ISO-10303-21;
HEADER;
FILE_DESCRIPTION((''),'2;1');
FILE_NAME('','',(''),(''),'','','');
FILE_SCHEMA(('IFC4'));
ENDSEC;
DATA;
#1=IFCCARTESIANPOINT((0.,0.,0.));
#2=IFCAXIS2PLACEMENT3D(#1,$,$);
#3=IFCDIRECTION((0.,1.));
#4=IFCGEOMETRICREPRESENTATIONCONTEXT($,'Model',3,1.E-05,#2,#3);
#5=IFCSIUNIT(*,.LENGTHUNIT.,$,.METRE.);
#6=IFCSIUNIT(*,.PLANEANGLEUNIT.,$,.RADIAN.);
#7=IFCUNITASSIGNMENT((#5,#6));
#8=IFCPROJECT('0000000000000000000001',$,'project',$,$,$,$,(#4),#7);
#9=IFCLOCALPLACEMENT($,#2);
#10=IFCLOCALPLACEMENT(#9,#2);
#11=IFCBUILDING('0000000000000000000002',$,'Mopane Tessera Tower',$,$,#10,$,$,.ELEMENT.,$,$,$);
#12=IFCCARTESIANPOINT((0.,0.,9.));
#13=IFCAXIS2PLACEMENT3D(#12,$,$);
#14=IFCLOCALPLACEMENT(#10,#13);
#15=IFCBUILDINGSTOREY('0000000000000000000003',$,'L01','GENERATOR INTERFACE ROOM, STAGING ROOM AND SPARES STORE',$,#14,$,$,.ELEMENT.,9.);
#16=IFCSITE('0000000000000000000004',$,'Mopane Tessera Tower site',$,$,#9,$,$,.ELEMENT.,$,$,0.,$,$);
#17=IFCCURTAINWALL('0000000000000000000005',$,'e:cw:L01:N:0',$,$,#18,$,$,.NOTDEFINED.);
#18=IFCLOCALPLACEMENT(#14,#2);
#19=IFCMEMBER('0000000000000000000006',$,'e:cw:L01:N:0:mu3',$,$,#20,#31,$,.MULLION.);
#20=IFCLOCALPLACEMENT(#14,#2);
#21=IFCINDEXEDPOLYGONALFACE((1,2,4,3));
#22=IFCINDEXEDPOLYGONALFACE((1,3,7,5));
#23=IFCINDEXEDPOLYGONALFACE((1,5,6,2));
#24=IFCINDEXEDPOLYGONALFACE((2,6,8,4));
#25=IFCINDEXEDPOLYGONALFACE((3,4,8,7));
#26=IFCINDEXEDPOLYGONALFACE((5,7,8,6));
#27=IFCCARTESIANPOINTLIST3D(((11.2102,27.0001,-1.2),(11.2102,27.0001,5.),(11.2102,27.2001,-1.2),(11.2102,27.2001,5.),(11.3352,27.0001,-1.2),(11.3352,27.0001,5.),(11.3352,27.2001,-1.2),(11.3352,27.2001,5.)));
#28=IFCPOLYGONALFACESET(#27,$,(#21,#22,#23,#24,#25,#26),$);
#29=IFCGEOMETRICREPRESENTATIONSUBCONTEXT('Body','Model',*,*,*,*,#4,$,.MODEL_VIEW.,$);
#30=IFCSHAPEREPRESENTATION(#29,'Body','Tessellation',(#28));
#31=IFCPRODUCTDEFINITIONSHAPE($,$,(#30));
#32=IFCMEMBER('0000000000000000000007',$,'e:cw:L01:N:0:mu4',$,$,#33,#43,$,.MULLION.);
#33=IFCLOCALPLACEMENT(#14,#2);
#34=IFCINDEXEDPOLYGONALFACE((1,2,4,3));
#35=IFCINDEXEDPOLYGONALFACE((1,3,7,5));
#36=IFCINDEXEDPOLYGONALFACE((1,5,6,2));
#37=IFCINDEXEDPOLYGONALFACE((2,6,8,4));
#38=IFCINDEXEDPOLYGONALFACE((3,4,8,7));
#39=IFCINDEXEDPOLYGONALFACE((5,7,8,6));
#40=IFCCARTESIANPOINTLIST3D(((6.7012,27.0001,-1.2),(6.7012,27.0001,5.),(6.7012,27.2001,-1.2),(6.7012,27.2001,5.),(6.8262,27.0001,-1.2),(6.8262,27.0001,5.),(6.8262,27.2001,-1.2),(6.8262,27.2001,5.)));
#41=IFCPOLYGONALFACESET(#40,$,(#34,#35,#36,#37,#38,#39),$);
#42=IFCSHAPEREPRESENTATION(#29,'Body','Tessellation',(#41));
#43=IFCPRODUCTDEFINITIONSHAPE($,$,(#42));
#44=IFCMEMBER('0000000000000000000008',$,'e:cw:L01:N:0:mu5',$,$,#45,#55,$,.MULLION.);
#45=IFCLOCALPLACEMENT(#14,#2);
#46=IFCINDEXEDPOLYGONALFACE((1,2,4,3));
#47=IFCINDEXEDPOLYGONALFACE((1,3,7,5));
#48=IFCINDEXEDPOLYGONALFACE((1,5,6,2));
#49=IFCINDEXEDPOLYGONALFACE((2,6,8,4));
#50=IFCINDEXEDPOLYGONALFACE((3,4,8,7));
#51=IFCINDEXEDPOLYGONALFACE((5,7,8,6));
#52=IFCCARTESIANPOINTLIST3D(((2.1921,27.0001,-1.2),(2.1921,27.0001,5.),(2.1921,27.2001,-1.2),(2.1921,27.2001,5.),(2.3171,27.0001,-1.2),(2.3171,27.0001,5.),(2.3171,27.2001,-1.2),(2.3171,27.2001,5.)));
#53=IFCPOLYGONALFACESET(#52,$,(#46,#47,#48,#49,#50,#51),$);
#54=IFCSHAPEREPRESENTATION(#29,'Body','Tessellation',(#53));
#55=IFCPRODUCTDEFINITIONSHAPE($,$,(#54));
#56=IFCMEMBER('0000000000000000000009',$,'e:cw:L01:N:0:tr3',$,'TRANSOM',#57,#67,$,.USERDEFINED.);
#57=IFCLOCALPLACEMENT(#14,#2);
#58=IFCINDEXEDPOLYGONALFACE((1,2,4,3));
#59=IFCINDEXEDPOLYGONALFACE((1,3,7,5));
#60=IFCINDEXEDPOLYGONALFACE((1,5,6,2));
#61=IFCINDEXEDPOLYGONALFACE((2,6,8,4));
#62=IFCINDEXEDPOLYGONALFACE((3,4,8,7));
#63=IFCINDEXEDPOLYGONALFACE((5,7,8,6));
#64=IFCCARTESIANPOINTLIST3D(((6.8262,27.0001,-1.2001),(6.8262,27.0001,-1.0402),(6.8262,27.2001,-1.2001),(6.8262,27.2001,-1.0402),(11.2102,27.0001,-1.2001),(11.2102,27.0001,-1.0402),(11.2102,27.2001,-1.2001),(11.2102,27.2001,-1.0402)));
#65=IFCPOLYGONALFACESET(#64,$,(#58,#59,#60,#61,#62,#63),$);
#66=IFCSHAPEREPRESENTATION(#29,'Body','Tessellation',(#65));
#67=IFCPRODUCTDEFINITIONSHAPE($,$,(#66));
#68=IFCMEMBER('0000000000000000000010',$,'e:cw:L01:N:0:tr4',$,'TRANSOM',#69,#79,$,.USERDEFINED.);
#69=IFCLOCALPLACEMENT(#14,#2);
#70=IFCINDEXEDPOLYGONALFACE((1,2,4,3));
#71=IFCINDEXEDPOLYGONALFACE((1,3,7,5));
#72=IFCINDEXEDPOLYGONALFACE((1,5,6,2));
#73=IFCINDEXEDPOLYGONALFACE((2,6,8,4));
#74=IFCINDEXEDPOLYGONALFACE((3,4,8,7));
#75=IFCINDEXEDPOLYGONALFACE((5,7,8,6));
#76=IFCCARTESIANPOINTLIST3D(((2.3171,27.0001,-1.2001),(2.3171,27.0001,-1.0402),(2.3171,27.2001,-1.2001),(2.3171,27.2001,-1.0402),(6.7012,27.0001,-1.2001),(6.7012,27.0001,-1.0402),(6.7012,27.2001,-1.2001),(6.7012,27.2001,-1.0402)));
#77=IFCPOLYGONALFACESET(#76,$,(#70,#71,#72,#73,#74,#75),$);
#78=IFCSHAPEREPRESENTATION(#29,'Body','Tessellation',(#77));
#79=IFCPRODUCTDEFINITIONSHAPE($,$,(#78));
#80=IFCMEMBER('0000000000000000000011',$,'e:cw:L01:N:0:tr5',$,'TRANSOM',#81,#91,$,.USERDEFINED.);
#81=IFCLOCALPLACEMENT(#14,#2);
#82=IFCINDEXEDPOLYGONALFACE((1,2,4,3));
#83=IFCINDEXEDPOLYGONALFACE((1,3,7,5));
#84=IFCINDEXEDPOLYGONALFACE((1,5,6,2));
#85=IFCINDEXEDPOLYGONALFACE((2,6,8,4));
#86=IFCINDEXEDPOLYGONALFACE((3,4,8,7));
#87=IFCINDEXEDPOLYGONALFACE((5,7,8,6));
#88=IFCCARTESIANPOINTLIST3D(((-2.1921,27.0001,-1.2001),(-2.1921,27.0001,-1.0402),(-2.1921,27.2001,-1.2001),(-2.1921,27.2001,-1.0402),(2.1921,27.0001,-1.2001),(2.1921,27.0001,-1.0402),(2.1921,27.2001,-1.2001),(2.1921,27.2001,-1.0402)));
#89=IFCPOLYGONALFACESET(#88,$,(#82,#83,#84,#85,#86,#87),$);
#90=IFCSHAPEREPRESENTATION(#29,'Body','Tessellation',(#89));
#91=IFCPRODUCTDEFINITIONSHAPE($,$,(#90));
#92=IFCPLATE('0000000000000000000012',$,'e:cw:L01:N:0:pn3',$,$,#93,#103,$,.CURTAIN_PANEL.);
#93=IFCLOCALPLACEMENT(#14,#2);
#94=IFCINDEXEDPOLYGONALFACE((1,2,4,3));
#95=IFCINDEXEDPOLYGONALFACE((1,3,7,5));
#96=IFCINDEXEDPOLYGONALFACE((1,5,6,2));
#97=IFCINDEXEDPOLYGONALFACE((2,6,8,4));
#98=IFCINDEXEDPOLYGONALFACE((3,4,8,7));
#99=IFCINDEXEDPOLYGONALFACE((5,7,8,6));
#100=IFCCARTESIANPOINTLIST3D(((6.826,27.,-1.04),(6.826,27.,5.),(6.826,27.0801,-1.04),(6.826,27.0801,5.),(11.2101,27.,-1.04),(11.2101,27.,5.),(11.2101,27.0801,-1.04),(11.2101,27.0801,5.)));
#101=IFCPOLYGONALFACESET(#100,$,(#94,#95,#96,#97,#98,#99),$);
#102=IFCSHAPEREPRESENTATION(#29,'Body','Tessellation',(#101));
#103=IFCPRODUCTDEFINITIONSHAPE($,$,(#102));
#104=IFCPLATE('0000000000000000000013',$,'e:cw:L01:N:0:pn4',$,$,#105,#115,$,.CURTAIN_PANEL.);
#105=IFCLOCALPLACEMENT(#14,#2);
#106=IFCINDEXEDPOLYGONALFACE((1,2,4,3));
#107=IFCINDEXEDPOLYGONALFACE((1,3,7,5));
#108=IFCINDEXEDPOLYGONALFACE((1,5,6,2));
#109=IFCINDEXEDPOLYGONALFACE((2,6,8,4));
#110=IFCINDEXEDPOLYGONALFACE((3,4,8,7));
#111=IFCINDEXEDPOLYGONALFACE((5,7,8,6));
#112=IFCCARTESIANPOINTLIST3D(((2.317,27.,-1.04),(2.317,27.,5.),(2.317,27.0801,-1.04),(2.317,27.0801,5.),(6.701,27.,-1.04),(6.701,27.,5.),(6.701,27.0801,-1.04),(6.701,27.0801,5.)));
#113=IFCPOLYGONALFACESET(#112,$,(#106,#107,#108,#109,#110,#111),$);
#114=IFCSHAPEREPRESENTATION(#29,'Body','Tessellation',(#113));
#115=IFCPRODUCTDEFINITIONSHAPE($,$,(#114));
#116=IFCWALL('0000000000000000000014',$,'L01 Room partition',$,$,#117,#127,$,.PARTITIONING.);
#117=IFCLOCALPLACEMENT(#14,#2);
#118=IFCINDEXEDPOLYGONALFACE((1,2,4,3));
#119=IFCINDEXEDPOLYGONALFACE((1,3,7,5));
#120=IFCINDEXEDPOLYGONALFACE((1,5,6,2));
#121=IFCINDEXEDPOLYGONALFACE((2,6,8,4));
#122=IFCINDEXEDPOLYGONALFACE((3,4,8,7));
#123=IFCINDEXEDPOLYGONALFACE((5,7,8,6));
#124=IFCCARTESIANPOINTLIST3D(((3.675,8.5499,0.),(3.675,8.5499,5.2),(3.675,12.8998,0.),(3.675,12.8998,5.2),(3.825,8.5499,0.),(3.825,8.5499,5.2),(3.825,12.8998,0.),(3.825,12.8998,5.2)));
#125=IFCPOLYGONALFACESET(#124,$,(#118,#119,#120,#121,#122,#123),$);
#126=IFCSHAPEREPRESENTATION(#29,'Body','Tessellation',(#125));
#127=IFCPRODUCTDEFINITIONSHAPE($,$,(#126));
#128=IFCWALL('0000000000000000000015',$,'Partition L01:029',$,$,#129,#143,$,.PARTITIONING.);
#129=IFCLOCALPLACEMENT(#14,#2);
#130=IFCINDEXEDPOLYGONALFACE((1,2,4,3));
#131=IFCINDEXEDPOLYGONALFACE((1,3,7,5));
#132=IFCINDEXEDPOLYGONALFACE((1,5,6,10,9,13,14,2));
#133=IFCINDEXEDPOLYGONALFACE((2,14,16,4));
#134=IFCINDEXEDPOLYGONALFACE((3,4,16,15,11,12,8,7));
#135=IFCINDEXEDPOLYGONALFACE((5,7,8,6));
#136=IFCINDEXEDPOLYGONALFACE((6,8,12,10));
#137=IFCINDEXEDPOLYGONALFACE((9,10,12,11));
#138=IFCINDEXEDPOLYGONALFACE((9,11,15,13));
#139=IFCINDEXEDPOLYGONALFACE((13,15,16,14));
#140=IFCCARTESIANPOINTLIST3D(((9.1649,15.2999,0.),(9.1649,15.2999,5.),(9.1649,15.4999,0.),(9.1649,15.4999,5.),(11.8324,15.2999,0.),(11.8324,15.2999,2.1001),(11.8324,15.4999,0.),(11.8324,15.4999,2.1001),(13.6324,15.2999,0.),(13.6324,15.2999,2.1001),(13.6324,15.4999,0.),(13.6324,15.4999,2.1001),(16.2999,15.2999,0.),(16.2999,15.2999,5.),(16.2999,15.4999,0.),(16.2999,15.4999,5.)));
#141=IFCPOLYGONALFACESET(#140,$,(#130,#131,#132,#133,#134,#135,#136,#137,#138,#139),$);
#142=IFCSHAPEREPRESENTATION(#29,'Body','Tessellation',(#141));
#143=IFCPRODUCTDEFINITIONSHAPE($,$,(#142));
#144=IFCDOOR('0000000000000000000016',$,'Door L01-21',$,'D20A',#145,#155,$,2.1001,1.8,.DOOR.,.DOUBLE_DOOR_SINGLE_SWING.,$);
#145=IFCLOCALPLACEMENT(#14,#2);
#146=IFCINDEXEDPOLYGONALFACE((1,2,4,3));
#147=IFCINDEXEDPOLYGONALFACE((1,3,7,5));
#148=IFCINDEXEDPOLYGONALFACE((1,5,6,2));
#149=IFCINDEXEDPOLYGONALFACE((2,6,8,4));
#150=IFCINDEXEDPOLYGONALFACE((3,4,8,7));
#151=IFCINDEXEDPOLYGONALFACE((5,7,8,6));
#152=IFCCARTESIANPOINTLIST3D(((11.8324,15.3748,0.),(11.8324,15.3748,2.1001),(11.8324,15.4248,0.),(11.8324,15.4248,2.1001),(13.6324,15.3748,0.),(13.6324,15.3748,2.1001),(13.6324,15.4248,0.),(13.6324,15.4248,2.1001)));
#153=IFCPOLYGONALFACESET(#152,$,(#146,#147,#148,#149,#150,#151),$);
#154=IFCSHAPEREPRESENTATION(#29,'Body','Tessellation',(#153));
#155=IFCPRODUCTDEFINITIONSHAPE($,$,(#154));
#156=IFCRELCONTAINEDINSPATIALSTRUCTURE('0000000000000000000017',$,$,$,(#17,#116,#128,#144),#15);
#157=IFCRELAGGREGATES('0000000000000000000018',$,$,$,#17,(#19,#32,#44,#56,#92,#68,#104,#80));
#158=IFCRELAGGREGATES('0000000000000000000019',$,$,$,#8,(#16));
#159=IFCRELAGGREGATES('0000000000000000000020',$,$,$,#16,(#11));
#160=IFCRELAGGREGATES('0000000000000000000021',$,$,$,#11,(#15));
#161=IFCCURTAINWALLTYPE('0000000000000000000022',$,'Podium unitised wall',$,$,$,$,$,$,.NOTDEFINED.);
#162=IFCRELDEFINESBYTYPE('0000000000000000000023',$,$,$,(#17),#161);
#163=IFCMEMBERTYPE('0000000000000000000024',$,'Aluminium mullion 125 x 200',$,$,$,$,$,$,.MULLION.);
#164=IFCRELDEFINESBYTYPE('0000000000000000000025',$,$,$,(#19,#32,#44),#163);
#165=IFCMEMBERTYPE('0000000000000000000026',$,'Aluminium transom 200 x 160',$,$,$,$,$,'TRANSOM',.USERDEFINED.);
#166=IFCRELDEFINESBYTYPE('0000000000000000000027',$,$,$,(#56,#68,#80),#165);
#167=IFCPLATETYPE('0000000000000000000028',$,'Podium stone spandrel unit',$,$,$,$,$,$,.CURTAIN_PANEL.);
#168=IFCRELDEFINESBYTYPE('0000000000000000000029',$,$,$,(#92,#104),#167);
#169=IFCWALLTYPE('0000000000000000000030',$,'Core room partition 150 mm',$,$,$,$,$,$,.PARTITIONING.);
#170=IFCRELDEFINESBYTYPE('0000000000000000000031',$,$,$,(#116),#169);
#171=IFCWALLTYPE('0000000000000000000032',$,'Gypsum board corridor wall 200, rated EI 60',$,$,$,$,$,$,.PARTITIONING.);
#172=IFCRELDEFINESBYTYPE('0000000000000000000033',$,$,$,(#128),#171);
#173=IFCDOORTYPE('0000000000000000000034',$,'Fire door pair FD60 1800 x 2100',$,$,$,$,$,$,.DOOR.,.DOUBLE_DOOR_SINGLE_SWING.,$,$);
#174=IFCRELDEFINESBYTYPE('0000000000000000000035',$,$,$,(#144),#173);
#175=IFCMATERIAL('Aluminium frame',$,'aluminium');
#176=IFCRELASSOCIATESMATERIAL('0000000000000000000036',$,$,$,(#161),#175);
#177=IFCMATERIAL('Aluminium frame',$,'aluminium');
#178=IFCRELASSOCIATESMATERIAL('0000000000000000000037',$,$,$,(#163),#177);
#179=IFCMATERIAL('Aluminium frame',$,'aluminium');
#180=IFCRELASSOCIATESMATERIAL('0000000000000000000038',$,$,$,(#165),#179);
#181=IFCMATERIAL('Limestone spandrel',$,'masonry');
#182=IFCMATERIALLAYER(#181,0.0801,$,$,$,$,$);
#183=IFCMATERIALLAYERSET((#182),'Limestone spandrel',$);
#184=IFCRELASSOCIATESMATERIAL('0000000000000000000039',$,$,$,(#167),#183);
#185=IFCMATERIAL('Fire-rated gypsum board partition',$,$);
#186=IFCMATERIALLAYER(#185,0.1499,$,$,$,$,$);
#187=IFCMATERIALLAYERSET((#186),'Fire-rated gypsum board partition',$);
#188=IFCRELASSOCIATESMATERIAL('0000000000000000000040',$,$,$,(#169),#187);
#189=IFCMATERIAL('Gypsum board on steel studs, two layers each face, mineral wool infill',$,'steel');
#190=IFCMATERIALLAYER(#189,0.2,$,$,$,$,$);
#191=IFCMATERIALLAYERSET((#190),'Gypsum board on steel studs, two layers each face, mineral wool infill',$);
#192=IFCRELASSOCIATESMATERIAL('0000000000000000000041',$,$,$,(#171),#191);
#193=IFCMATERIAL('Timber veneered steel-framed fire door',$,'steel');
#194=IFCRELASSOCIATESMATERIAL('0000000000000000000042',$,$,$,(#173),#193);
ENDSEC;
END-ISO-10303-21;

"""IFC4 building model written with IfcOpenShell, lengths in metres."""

from ifc_helpers import new_model, si_unit, direction, frame, frame_2d, origin, origin_2d, place, context, subcontext, project, spatial, rectangle, extrude, material, layer, layer_set, material_profile, profile_set, type_object, element, fill, aggregate, save


model = new_model("IFC4")

# Units and contexts
model_context = context("Model", 3, precision=1e-05, world=origin(), true_north=direction((0.0, 1.0)))
body_context = subcontext(model_context, "Body", "Model", "MODEL_VIEW")
ifc_project = project(units=[si_unit("LENGTHUNIT", "METRE"), si_unit("PLANEANGLEUNIT", "RADIAN")], contexts=[model_context])

# Site, building, storey
site_placement = place(None, origin())
site = spatial("IfcSite", under=ifc_project, at=site_placement, Name="Mopane Tessera Tower site", CompositionType="ELEMENT", RefElevation=0.0)
building_placement = place(site_placement, origin())
building = spatial("IfcBuilding", under=site, at=building_placement, Name="Mopane Tessera Tower", CompositionType="ELEMENT")
storey_placement = place(building_placement, frame((0.0, 0.0, 9.0)))
storey = spatial("IfcBuildingStorey", under=building, at=storey_placement, Name="L01", Description="GENERATOR INTERFACE ROOM, STAGING ROOM AND SPARES STORE", CompositionType="ELEMENT", Elevation=9.0)

# Curtain wall, members, plates
ifc_material_1 = material(Name="Aluminium frame", Category="aluminium")
curtain_wall_type = type_object("IfcCurtainWallType", Name="Podium unitised wall", PredefinedType="NOTDEFINED", material=ifc_material_1)
curtain_wall_placement = place(storey_placement, origin())
curtain_wall = element("IfcCurtainWall", 1, at=curtain_wall_placement, inside=storey, type_object=curtain_wall_type, Name="e:cw:L01:N:0", PredefinedType="NOTDEFINED")
ifc_material_2 = material(Name="Aluminium frame", Category="aluminium")
ifc_material_profile_1 = material_profile(ifc_material_2, rectangle(XDim=0.125, YDim=0.2, at=origin_2d()))
ifc_profile_set_1 = profile_set([ifc_material_profile_1], Name="Aluminium frame")
member_type_1 = type_object("IfcMemberType", Name="Aluminium mullion 125 x 200", PredefinedType="MULLION", material=ifc_profile_set_1)
member_1_placement = place(storey_placement, frame((11.2727, 27.1001, -1.2), z_axis=(0.0, 0.0, 1.0), x_axis=(-1.0, 0.0, 0.0)))
member_1 = element("IfcMember", 2, at=member_1_placement, type_object=member_type_1, Name="e:cw:L01:N:0:mu3", PredefinedType="MULLION", context=body_context, shape_type="SweptSolid", body=[
    extrude(rectangle(XDim=0.125, YDim=0.2, at=origin_2d()), origin(), (0.0, 0.0, 1.0), 6.2),
])
member_2_placement = place(storey_placement, frame((6.7637, 27.1001, -1.2), z_axis=(0.0, 0.0, 1.0), x_axis=(-1.0, 0.0, 0.0)))
member_2 = element("IfcMember", 3, at=member_2_placement, type_object=member_type_1, Name="e:cw:L01:N:0:mu4", PredefinedType="MULLION", context=body_context, shape_type="SweptSolid", body=[
    extrude(rectangle(XDim=0.125, YDim=0.2, at=origin_2d()), origin(), (0.0, 0.0, 1.0), 6.2),
])
member_3_placement = place(storey_placement, frame((2.2546, 27.1001, -1.2), z_axis=(0.0, 0.0, 1.0), x_axis=(-1.0, 0.0, 0.0)))
member_3 = element("IfcMember", 4, at=member_3_placement, type_object=member_type_1, Name="e:cw:L01:N:0:mu5", PredefinedType="MULLION", context=body_context, shape_type="SweptSolid", body=[
    extrude(rectangle(XDim=0.125, YDim=0.2, at=origin_2d()), origin(), (0.0, 0.0, 1.0), 6.2),
])
ifc_material_3 = material(Name="Aluminium frame", Category="aluminium")
ifc_material_profile_2 = material_profile(ifc_material_3, rectangle(XDim=0.2, YDim=0.1599, at=origin_2d()))
ifc_profile_set_2 = profile_set([ifc_material_profile_2], Name="Aluminium frame")
member_type_2 = type_object("IfcMemberType", Name="Aluminium transom 200 x 160", ElementType="TRANSOM", PredefinedType="USERDEFINED", material=ifc_profile_set_2)
member_4_placement = place(storey_placement, frame((11.2102, 27.1001, -1.1201), z_axis=(-1.0, 0.0, 0.0), x_axis=(0.0, -1.0, 0.0)))
member_4 = element("IfcMember", 5, at=member_4_placement, type_object=member_type_2, Name="e:cw:L01:N:0:tr3", ObjectType="TRANSOM", PredefinedType="USERDEFINED", context=body_context, shape_type="SweptSolid", body=[
    extrude(rectangle(XDim=0.2, YDim=0.1599, at=origin_2d()), origin(), (0.0, 0.0, 1.0), 4.384),
])
member_5_placement = place(storey_placement, frame((6.7012, 27.1001, -1.1201), z_axis=(-1.0, 0.0, 0.0), x_axis=(0.0, -1.0, 0.0)))
member_5 = element("IfcMember", 6, at=member_5_placement, type_object=member_type_2, Name="e:cw:L01:N:0:tr4", ObjectType="TRANSOM", PredefinedType="USERDEFINED", context=body_context, shape_type="SweptSolid", body=[
    extrude(rectangle(XDim=0.2, YDim=0.1599, at=origin_2d()), origin(), (0.0, 0.0, 1.0), 4.384),
])
member_6_placement = place(storey_placement, frame((2.1921, 27.1001, -1.1201), z_axis=(-1.0, 0.0, 0.0), x_axis=(0.0, -1.0, 0.0)))
member_6 = element("IfcMember", 7, at=member_6_placement, type_object=member_type_2, Name="e:cw:L01:N:0:tr5", ObjectType="TRANSOM", PredefinedType="USERDEFINED", context=body_context, shape_type="SweptSolid", body=[
    extrude(rectangle(XDim=0.2, YDim=0.1599, at=origin_2d()), origin(), (0.0, 0.0, 1.0), 4.3843),
])
ifc_material_4 = material(Name="Limestone spandrel", Category="masonry")
ifc_layer_1 = layer(ifc_material_4, 0.0801)
ifc_layer_set_1 = layer_set([ifc_layer_1], Name="Limestone spandrel")
plate_type = type_object("IfcPlateType", Name="Podium stone spandrel unit", PredefinedType="CURTAIN_PANEL", material=ifc_layer_set_1)
plate_1_placement = place(storey_placement, frame((9.0181, 27.04, -1.04), z_axis=(0.0, 0.0, 1.0), x_axis=(-1.0, 0.0, 0.0)))
plate_1 = element("IfcPlate", 8, at=plate_1_placement, type_object=plate_type, Name="e:cw:L01:N:0:pn3", PredefinedType="CURTAIN_PANEL", context=body_context, shape_type="SweptSolid", body=[
    extrude(rectangle(XDim=4.384, YDim=0.0801, at=origin_2d()), origin(), (0.0, 0.0, 1.0), 6.04),
])
plate_2_placement = place(storey_placement, frame((4.509, 27.04, -1.04), z_axis=(0.0, 0.0, 1.0), x_axis=(-1.0, 0.0, 0.0)))
plate_2 = element("IfcPlate", 9, at=plate_2_placement, type_object=plate_type, Name="e:cw:L01:N:0:pn4", PredefinedType="CURTAIN_PANEL", context=body_context, shape_type="SweptSolid", body=[
    extrude(rectangle(XDim=4.384, YDim=0.0801, at=origin_2d()), origin(), (0.0, 0.0, 1.0), 6.04),
])
aggregate(curtain_wall, [member_1, member_2, member_3, member_4, plate_1, member_5, plate_2, member_6])

# Wall
ifc_material_5 = material(Name="Fire-rated gypsum board partition")
ifc_layer_2 = layer(ifc_material_5, 0.1499)
ifc_layer_set_2 = layer_set([ifc_layer_2], Name="Fire-rated gypsum board partition")
wall_type_1 = type_object("IfcWallType", Name="Core room partition 150 mm", PredefinedType="PARTITIONING", material=ifc_layer_set_2)
wall_1_placement = place(storey_placement, frame((3.75, 8.55, 0.0), z_axis=(0.0, 0.0, 1.0), x_axis=(0.0, 1.0, 0.0)))
element("IfcWall", 10, at=wall_1_placement, inside=storey, type_object=wall_type_1, Name="L01 Room partition", PredefinedType="PARTITIONING", context=body_context, shape_type="SweptSolid", body=[
    extrude(rectangle(XDim=4.3499, YDim=0.1499, at=frame_2d((2.1748, 0.0))), origin(), (0.0, 0.0, 1.0), 5.2),
])

# Wall, opening, door
ifc_material_6 = material(Name="Gypsum board on steel studs, two layers each face, mineral wool infill", Category="steel")
ifc_layer_3 = layer(ifc_material_6, 0.2)
ifc_layer_set_3 = layer_set([ifc_layer_3], Name="Gypsum board on steel studs, two layers each face, mineral wool infill")
wall_type_2 = type_object("IfcWallType", Name="Gypsum board corridor wall 200, rated EI 60", PredefinedType="PARTITIONING", material=ifc_layer_set_3)
wall_2_placement = place(storey_placement, frame((9.165, 15.3999, 0.0), z_axis=(0.0, 0.0, 1.0), x_axis=(1.0, 0.0, 0.0)))
wall_2 = element("IfcWall", 11, at=wall_2_placement, inside=storey, type_object=wall_type_2, Name="Partition L01:029", PredefinedType="PARTITIONING", context=body_context, shape_type="SweptSolid", body=[
    extrude(rectangle(XDim=7.135, YDim=0.2, at=frame_2d((3.5674, 0.0))), origin(), (0.0, 0.0, 1.0), 5.0),
])
opening_1_placement = place(wall_2_placement, frame((2.6675, 0.0, 0.0)))
opening_1 = element("IfcOpeningElement", 12, at=opening_1_placement, cuts=wall_2, PredefinedType="OPENING", context=body_context, shape_type="SweptSolid", body=[
    extrude(rectangle(XDim=1.8, YDim=2.1001, at=frame_2d((0.8999, 1.05))), frame((0.0, 0.1121, 0.0), z_axis=(0.0, -1.0, 0.0), x_axis=(1.0, 0.0, 0.0)), (0.0, 0.0, 1.0), 0.2239),
])
ifc_material_7 = material(Name="Timber veneered steel-framed fire door", Category="steel")
door_type_1 = type_object("IfcDoorType", Name="Fire door pair FD60 1800 x 2100", OperationType="DOUBLE_DOOR_SINGLE_SWING", PredefinedType="DOOR", material=ifc_material_7)
door_1_placement = place(opening_1_placement, origin())
door_1 = element("IfcDoor", 13, at=door_1_placement, inside=storey, type_object=door_type_1, Name="Door L01-21", ObjectType="D20A", OperationType="DOUBLE_DOOR_SINGLE_SWING", OverallHeight=2.1001, OverallWidth=1.8, PredefinedType="DOOR", context=body_context, shape_type="SweptSolid", body=[
    extrude(rectangle(XDim=1.8, YDim=2.1001, at=frame_2d((0.8999, 1.05))), frame((0.0, 0.0249, 0.0), z_axis=(0.0, -1.0, 0.0), x_axis=(1.0, 0.0, 0.0)), (0.0, 0.0, 1.0), 0.05),
])
fill(opening_1, door_1)

save(model, "model.ifc")
